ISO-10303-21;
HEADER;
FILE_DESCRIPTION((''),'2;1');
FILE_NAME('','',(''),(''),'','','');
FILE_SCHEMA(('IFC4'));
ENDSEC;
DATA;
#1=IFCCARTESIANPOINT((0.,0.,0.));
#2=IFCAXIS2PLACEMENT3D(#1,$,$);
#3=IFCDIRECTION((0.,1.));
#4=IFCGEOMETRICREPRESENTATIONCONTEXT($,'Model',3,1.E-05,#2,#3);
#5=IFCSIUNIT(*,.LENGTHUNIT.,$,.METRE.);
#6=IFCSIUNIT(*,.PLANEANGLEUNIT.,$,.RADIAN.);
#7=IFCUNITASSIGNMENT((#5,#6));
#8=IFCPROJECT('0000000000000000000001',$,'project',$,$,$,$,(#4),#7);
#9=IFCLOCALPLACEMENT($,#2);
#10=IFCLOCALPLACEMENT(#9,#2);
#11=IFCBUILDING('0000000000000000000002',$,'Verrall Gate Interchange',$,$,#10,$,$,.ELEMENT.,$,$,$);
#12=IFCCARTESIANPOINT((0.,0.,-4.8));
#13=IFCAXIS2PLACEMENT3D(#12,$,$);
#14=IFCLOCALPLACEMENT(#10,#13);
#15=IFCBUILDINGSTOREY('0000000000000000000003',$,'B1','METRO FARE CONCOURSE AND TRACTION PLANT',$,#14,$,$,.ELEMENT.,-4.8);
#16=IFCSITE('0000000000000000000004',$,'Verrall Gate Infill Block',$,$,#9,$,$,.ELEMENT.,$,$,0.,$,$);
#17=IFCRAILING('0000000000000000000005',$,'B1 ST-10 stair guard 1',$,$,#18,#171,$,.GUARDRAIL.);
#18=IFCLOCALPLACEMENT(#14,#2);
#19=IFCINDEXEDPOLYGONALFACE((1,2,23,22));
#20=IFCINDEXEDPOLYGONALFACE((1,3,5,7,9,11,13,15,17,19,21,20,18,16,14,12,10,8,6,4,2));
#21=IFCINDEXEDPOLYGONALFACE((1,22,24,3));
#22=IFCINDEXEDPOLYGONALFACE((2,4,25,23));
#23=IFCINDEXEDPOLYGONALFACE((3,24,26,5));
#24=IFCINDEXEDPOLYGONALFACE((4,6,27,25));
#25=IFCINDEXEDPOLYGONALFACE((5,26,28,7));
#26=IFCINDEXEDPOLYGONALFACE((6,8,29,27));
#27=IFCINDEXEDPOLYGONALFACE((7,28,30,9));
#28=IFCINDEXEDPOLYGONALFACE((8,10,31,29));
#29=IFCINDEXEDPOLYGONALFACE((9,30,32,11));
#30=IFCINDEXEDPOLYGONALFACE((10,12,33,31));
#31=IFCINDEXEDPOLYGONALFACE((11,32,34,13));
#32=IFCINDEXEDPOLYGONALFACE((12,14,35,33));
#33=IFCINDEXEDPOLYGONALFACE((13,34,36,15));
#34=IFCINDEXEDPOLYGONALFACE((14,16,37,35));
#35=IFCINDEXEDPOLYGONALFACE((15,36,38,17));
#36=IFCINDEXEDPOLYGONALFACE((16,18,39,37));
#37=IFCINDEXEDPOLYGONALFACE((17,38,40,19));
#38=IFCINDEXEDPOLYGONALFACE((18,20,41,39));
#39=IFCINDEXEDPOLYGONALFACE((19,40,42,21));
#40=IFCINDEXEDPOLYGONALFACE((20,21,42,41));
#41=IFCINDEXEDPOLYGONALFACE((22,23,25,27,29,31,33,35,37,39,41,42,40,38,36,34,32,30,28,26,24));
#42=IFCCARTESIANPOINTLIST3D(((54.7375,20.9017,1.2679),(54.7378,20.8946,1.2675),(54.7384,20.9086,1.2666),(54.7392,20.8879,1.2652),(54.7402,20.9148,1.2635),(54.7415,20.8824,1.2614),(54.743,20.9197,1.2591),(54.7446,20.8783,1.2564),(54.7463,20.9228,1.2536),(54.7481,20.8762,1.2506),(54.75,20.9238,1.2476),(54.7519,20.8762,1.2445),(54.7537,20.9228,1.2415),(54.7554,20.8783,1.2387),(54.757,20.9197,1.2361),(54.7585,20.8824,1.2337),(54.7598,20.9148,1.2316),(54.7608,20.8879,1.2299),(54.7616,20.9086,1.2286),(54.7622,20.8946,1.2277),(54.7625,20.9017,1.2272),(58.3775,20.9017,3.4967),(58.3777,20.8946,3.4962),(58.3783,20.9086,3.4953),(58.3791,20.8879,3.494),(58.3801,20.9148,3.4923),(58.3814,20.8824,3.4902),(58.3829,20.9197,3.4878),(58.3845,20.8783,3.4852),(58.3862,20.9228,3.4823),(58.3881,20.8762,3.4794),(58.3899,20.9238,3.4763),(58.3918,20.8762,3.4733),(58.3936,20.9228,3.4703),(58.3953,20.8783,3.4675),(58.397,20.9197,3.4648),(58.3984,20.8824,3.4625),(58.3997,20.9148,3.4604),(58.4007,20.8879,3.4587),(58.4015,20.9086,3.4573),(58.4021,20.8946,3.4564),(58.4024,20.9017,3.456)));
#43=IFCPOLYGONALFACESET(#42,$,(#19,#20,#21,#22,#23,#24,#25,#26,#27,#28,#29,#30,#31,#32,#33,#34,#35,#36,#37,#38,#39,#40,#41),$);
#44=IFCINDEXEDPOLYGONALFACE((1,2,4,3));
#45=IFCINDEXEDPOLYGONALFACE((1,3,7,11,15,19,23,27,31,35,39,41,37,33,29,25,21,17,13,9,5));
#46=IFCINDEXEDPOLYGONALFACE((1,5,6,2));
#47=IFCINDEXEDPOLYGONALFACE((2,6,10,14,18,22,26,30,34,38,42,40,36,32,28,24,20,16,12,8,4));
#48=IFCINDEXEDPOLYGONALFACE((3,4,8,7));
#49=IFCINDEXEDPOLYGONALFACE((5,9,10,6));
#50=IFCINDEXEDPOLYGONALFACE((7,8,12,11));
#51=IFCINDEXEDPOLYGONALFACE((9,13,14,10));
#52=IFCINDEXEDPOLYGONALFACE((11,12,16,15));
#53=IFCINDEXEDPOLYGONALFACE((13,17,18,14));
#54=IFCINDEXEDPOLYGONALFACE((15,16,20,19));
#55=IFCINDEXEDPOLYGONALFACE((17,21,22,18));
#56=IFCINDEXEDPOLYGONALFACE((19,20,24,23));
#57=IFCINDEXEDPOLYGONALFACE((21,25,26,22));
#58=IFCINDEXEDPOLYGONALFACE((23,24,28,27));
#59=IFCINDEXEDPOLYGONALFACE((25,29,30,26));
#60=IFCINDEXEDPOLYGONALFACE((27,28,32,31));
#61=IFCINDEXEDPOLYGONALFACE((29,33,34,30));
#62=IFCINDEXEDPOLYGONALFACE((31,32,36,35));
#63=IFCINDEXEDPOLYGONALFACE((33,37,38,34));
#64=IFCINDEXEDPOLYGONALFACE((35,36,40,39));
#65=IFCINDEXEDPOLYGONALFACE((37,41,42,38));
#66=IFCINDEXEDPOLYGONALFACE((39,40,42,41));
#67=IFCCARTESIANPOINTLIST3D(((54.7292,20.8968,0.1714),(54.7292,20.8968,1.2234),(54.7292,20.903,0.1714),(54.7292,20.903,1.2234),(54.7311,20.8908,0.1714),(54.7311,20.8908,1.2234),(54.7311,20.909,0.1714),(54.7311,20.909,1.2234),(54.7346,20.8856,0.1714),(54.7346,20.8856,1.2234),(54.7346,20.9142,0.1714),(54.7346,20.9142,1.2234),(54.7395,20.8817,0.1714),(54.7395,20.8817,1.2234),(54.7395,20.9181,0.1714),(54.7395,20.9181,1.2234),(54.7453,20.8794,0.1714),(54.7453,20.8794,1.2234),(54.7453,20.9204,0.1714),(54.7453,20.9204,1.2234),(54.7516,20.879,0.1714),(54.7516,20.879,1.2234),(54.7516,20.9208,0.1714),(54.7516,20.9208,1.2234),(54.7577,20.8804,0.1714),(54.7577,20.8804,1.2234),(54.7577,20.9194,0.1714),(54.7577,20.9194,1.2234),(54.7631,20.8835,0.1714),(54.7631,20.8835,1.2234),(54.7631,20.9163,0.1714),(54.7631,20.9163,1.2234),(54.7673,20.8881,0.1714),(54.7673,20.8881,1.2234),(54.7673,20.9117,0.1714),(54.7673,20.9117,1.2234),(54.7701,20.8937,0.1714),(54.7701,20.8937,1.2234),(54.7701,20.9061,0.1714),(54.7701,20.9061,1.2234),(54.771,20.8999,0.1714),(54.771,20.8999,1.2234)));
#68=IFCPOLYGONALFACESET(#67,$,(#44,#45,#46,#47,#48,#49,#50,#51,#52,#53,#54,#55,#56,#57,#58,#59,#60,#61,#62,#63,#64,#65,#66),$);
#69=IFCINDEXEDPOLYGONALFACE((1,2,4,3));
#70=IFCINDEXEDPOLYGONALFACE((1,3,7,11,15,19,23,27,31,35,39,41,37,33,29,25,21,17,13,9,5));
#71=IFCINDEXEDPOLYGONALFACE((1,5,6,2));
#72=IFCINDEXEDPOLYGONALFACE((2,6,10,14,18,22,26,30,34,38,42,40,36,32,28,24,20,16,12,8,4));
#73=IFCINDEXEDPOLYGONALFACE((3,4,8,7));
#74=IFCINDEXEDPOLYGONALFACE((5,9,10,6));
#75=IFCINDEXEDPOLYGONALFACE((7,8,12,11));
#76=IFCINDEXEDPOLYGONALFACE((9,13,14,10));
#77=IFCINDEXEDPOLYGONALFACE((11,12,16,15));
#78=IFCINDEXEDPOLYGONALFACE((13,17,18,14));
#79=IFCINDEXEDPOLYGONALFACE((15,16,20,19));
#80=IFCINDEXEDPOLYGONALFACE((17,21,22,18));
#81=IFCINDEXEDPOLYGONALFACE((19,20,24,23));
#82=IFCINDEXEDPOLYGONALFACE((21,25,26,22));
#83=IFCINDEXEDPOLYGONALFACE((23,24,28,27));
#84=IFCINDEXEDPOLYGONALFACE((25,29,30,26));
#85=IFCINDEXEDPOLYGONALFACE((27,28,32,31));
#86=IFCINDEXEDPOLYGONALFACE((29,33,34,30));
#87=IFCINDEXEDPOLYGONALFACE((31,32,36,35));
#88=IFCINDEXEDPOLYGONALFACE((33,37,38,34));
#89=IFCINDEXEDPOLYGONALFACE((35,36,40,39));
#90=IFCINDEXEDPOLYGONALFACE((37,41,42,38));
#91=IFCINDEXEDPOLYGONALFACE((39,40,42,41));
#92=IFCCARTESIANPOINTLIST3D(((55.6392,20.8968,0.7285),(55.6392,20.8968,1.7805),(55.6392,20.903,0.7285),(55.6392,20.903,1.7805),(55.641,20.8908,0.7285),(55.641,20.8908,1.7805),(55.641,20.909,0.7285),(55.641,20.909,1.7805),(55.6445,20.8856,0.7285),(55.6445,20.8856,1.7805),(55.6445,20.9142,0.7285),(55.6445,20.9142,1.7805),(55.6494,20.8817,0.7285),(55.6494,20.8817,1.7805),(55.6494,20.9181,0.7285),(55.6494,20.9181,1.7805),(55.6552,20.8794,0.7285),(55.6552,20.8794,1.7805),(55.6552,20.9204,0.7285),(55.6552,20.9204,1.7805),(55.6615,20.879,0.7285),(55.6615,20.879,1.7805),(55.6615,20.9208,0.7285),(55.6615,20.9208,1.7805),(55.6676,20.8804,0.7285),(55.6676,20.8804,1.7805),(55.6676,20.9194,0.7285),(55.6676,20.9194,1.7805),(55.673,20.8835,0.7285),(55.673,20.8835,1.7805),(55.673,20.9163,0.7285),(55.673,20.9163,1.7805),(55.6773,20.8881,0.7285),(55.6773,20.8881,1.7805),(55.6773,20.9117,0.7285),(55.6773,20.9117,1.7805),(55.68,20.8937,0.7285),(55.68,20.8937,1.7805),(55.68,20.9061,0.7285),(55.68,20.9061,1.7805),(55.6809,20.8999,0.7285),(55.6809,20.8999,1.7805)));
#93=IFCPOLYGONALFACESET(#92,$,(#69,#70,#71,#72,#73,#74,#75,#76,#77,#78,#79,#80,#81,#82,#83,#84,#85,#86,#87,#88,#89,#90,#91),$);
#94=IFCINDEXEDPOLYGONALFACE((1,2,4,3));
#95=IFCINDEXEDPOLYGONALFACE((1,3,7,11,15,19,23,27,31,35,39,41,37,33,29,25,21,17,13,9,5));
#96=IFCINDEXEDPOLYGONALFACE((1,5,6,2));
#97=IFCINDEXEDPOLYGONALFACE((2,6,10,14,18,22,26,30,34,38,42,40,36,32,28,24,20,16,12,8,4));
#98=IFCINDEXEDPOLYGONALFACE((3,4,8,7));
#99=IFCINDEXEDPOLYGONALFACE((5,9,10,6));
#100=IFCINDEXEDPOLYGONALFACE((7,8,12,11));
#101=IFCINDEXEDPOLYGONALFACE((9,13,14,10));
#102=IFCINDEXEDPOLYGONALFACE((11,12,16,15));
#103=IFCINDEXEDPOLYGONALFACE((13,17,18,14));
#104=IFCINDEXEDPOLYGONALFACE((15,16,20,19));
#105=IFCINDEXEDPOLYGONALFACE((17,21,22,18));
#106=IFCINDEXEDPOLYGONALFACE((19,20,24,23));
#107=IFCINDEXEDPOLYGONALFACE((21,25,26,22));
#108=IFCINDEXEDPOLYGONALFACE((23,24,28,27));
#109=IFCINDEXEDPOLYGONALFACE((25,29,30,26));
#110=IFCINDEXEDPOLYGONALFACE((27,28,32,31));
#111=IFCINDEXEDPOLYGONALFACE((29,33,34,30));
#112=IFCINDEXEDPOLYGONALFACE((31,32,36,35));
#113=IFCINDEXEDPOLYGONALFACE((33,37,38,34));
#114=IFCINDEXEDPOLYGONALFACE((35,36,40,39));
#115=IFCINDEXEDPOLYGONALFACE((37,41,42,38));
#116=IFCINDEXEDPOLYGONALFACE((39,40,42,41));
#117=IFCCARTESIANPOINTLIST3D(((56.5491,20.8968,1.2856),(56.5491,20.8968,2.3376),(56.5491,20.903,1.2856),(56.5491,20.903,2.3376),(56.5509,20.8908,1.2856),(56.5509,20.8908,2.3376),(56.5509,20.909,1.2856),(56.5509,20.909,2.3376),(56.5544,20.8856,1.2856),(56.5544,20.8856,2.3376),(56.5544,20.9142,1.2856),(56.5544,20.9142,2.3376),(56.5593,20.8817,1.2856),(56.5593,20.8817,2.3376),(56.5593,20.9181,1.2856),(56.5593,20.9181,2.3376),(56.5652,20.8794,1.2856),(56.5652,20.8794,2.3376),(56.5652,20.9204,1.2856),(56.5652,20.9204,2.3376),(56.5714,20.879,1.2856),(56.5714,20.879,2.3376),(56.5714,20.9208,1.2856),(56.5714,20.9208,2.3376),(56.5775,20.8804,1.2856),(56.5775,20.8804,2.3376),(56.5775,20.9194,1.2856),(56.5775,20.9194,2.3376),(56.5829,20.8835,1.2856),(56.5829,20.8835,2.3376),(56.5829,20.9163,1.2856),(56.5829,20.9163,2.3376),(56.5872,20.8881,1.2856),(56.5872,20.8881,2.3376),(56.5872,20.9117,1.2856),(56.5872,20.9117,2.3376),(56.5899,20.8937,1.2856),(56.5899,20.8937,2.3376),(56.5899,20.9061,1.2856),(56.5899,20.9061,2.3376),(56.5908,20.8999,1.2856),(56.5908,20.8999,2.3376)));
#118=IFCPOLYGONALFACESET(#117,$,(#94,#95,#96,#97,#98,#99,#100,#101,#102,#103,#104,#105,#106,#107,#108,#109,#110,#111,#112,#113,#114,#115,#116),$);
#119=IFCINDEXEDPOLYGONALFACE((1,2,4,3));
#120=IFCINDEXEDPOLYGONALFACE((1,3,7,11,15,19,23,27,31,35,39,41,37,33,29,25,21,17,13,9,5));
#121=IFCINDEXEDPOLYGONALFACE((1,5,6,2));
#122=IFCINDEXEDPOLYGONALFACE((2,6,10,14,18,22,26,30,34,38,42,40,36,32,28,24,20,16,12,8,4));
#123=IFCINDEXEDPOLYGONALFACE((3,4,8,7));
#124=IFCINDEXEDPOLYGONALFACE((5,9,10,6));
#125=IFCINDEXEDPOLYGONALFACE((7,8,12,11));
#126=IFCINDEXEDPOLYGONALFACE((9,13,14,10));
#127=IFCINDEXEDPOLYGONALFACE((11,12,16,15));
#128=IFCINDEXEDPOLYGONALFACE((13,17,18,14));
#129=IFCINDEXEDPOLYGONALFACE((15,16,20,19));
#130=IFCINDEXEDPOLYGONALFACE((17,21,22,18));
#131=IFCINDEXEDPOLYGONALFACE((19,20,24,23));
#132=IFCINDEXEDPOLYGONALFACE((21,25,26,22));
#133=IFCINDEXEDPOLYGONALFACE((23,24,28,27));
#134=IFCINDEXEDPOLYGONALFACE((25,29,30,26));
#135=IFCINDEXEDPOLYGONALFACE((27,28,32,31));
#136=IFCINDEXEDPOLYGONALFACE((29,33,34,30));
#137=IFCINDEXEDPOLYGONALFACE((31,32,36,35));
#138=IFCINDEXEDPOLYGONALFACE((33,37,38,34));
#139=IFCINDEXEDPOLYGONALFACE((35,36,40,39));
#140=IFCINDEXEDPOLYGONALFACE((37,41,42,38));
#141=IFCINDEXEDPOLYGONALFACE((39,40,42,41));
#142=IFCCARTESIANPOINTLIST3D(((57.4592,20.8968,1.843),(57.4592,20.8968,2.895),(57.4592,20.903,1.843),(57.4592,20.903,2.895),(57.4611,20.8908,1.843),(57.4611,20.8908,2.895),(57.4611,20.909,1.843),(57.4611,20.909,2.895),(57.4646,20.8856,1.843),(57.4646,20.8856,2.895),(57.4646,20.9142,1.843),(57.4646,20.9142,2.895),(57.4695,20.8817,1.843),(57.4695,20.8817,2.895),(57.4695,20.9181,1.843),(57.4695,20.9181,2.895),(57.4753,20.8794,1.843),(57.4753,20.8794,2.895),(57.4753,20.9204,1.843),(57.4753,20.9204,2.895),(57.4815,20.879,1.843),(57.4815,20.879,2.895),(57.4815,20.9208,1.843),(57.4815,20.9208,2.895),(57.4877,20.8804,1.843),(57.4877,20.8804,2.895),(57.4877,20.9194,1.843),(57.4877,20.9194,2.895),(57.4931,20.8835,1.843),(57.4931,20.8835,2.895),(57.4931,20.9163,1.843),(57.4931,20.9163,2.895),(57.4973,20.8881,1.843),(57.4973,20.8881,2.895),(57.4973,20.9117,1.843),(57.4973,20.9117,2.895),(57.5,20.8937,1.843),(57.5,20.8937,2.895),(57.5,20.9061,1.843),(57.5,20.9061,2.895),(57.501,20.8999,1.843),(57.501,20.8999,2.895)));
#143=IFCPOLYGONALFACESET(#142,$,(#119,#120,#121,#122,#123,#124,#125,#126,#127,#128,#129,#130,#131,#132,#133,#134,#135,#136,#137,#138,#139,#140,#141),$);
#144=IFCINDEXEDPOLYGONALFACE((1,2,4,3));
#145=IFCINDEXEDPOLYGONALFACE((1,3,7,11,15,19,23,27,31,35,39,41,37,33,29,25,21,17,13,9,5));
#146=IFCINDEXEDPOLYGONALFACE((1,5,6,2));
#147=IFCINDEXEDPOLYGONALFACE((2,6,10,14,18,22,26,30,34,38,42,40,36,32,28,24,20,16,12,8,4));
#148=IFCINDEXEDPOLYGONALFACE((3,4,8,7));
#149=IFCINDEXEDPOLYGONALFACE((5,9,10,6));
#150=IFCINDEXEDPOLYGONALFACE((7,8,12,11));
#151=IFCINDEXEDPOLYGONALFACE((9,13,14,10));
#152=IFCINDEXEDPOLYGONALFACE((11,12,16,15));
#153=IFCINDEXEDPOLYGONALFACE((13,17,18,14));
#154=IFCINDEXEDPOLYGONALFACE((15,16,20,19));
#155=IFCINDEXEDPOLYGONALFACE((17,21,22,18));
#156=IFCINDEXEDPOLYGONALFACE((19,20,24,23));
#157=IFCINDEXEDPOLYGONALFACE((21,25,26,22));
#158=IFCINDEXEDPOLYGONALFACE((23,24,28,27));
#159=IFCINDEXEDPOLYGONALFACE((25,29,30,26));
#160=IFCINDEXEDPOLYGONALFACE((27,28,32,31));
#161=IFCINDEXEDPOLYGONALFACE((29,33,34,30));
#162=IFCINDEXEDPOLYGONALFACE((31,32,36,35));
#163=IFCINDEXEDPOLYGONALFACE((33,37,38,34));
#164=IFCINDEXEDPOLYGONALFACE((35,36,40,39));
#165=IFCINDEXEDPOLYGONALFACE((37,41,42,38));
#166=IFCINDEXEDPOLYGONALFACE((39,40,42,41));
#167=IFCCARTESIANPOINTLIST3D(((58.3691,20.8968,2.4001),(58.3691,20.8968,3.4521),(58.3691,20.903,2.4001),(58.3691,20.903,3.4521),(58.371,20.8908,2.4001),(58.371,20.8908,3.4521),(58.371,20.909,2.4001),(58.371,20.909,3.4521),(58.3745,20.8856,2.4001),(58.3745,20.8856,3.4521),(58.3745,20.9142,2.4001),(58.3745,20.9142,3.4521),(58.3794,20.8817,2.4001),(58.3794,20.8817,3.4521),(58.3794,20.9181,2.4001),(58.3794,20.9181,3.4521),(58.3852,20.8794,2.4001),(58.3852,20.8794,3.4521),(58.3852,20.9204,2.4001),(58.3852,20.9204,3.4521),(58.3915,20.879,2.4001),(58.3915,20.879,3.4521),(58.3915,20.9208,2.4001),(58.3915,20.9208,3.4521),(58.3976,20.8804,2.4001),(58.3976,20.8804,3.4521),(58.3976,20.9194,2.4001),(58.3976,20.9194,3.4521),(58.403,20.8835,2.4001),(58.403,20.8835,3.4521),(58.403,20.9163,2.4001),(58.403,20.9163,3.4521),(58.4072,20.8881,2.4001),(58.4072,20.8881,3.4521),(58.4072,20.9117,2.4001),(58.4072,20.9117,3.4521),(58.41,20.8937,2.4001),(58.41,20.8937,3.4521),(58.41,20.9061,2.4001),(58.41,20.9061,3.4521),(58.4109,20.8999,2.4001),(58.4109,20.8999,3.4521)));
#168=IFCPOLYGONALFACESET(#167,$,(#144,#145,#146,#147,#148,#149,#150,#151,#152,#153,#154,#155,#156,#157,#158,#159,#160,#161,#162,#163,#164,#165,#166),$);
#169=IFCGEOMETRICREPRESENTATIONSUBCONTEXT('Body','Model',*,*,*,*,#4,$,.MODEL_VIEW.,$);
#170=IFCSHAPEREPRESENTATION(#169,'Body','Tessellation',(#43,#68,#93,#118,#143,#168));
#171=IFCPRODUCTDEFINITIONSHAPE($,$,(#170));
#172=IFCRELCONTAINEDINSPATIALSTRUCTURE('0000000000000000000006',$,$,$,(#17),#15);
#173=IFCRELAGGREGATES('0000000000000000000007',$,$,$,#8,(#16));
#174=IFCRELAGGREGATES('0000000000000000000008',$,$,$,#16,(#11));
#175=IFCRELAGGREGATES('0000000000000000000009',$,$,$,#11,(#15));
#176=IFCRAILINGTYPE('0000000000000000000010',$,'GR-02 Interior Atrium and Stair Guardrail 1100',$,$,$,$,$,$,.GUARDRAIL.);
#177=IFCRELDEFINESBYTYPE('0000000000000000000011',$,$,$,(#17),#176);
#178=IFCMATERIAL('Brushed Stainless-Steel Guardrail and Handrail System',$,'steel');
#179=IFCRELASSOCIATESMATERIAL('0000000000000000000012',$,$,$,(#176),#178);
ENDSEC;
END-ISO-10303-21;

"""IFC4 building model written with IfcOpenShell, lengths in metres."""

from ifc_helpers import new_model, si_unit, direction, frame, origin, origin_2d, place, context, subcontext, project, spatial, circle, extrude, material, type_object, element, save


model = new_model("IFC4")

# Units and contexts
model_context = context("Model", 3, precision=1e-05, world=origin(), true_north=direction((0.0, 1.0)))
body_context = subcontext(model_context, "Body", "Model", "MODEL_VIEW")
ifc_project = project(units=[si_unit("LENGTHUNIT", "METRE"), si_unit("PLANEANGLEUNIT", "RADIAN")], contexts=[model_context])

# Site, building, storey
site_placement = place(None, origin())
site = spatial("IfcSite", under=ifc_project, at=site_placement, Name="Verrall Gate Infill Block", CompositionType="ELEMENT", RefElevation=0.0)
building_placement = place(site_placement, origin())
building = spatial("IfcBuilding", under=site, at=building_placement, Name="Verrall Gate Interchange", CompositionType="ELEMENT")
storey_placement = place(building_placement, frame((0.0, 0.0, -4.8)))
storey = spatial("IfcBuildingStorey", under=building, at=storey_placement, Name="B1", Description="METRO FARE CONCOURSE AND TRACTION PLANT", CompositionType="ELEMENT", Elevation=-4.8)

# Railing
ifc_material_1 = material(Name="Brushed Stainless-Steel Guardrail and Handrail System", Category="steel")
railing_type_1 = type_object("IfcRailingType", Name="GR-02 Interior Atrium and Stair Guardrail 1100", PredefinedType="GUARDRAIL", material=ifc_material_1)
railing_1_placement = place(storey_placement, frame((54.75, 20.8999, 0.1714)))
element("IfcRailing", 1, at=railing_1_placement, inside=storey, type_object=railing_type_1, Name="B1 ST-10 stair guard 1", PredefinedType="GUARDRAIL", context=body_context, shape_type="SweptSolid", body=[
    extrude(circle(Radius=0.0239, at=origin_2d()), frame((0.0, 0.0, 1.0762), z_axis=(0.852825, 0.0, 0.522197), x_axis=(0.0, 1.0, 0.0)), (0.0, 0.0, 1.0), 4.2681),
    extrude(circle(Radius=0.021, at=origin_2d()), origin(), (0.0, 0.0, 1.0), 1.052),
    extrude(circle(Radius=0.021, at=origin_2d()), frame((0.9099, 0.0, 0.5571)), (0.0, 0.0, 1.0), 1.052),
    extrude(circle(Radius=0.021, at=origin_2d()), frame((1.8198, 0.0, 1.1143)), (0.0, 0.0, 1.0), 1.052),
    extrude(circle(Radius=0.021, at=origin_2d()), frame((2.73, 0.0, 1.6716)), (0.0, 0.0, 1.0), 1.052),
    extrude(circle(Radius=0.021, at=origin_2d()), frame((3.6399, 0.0, 2.2288)), (0.0, 0.0, 1.0), 1.052),
])

save(model, "model.ifc")
